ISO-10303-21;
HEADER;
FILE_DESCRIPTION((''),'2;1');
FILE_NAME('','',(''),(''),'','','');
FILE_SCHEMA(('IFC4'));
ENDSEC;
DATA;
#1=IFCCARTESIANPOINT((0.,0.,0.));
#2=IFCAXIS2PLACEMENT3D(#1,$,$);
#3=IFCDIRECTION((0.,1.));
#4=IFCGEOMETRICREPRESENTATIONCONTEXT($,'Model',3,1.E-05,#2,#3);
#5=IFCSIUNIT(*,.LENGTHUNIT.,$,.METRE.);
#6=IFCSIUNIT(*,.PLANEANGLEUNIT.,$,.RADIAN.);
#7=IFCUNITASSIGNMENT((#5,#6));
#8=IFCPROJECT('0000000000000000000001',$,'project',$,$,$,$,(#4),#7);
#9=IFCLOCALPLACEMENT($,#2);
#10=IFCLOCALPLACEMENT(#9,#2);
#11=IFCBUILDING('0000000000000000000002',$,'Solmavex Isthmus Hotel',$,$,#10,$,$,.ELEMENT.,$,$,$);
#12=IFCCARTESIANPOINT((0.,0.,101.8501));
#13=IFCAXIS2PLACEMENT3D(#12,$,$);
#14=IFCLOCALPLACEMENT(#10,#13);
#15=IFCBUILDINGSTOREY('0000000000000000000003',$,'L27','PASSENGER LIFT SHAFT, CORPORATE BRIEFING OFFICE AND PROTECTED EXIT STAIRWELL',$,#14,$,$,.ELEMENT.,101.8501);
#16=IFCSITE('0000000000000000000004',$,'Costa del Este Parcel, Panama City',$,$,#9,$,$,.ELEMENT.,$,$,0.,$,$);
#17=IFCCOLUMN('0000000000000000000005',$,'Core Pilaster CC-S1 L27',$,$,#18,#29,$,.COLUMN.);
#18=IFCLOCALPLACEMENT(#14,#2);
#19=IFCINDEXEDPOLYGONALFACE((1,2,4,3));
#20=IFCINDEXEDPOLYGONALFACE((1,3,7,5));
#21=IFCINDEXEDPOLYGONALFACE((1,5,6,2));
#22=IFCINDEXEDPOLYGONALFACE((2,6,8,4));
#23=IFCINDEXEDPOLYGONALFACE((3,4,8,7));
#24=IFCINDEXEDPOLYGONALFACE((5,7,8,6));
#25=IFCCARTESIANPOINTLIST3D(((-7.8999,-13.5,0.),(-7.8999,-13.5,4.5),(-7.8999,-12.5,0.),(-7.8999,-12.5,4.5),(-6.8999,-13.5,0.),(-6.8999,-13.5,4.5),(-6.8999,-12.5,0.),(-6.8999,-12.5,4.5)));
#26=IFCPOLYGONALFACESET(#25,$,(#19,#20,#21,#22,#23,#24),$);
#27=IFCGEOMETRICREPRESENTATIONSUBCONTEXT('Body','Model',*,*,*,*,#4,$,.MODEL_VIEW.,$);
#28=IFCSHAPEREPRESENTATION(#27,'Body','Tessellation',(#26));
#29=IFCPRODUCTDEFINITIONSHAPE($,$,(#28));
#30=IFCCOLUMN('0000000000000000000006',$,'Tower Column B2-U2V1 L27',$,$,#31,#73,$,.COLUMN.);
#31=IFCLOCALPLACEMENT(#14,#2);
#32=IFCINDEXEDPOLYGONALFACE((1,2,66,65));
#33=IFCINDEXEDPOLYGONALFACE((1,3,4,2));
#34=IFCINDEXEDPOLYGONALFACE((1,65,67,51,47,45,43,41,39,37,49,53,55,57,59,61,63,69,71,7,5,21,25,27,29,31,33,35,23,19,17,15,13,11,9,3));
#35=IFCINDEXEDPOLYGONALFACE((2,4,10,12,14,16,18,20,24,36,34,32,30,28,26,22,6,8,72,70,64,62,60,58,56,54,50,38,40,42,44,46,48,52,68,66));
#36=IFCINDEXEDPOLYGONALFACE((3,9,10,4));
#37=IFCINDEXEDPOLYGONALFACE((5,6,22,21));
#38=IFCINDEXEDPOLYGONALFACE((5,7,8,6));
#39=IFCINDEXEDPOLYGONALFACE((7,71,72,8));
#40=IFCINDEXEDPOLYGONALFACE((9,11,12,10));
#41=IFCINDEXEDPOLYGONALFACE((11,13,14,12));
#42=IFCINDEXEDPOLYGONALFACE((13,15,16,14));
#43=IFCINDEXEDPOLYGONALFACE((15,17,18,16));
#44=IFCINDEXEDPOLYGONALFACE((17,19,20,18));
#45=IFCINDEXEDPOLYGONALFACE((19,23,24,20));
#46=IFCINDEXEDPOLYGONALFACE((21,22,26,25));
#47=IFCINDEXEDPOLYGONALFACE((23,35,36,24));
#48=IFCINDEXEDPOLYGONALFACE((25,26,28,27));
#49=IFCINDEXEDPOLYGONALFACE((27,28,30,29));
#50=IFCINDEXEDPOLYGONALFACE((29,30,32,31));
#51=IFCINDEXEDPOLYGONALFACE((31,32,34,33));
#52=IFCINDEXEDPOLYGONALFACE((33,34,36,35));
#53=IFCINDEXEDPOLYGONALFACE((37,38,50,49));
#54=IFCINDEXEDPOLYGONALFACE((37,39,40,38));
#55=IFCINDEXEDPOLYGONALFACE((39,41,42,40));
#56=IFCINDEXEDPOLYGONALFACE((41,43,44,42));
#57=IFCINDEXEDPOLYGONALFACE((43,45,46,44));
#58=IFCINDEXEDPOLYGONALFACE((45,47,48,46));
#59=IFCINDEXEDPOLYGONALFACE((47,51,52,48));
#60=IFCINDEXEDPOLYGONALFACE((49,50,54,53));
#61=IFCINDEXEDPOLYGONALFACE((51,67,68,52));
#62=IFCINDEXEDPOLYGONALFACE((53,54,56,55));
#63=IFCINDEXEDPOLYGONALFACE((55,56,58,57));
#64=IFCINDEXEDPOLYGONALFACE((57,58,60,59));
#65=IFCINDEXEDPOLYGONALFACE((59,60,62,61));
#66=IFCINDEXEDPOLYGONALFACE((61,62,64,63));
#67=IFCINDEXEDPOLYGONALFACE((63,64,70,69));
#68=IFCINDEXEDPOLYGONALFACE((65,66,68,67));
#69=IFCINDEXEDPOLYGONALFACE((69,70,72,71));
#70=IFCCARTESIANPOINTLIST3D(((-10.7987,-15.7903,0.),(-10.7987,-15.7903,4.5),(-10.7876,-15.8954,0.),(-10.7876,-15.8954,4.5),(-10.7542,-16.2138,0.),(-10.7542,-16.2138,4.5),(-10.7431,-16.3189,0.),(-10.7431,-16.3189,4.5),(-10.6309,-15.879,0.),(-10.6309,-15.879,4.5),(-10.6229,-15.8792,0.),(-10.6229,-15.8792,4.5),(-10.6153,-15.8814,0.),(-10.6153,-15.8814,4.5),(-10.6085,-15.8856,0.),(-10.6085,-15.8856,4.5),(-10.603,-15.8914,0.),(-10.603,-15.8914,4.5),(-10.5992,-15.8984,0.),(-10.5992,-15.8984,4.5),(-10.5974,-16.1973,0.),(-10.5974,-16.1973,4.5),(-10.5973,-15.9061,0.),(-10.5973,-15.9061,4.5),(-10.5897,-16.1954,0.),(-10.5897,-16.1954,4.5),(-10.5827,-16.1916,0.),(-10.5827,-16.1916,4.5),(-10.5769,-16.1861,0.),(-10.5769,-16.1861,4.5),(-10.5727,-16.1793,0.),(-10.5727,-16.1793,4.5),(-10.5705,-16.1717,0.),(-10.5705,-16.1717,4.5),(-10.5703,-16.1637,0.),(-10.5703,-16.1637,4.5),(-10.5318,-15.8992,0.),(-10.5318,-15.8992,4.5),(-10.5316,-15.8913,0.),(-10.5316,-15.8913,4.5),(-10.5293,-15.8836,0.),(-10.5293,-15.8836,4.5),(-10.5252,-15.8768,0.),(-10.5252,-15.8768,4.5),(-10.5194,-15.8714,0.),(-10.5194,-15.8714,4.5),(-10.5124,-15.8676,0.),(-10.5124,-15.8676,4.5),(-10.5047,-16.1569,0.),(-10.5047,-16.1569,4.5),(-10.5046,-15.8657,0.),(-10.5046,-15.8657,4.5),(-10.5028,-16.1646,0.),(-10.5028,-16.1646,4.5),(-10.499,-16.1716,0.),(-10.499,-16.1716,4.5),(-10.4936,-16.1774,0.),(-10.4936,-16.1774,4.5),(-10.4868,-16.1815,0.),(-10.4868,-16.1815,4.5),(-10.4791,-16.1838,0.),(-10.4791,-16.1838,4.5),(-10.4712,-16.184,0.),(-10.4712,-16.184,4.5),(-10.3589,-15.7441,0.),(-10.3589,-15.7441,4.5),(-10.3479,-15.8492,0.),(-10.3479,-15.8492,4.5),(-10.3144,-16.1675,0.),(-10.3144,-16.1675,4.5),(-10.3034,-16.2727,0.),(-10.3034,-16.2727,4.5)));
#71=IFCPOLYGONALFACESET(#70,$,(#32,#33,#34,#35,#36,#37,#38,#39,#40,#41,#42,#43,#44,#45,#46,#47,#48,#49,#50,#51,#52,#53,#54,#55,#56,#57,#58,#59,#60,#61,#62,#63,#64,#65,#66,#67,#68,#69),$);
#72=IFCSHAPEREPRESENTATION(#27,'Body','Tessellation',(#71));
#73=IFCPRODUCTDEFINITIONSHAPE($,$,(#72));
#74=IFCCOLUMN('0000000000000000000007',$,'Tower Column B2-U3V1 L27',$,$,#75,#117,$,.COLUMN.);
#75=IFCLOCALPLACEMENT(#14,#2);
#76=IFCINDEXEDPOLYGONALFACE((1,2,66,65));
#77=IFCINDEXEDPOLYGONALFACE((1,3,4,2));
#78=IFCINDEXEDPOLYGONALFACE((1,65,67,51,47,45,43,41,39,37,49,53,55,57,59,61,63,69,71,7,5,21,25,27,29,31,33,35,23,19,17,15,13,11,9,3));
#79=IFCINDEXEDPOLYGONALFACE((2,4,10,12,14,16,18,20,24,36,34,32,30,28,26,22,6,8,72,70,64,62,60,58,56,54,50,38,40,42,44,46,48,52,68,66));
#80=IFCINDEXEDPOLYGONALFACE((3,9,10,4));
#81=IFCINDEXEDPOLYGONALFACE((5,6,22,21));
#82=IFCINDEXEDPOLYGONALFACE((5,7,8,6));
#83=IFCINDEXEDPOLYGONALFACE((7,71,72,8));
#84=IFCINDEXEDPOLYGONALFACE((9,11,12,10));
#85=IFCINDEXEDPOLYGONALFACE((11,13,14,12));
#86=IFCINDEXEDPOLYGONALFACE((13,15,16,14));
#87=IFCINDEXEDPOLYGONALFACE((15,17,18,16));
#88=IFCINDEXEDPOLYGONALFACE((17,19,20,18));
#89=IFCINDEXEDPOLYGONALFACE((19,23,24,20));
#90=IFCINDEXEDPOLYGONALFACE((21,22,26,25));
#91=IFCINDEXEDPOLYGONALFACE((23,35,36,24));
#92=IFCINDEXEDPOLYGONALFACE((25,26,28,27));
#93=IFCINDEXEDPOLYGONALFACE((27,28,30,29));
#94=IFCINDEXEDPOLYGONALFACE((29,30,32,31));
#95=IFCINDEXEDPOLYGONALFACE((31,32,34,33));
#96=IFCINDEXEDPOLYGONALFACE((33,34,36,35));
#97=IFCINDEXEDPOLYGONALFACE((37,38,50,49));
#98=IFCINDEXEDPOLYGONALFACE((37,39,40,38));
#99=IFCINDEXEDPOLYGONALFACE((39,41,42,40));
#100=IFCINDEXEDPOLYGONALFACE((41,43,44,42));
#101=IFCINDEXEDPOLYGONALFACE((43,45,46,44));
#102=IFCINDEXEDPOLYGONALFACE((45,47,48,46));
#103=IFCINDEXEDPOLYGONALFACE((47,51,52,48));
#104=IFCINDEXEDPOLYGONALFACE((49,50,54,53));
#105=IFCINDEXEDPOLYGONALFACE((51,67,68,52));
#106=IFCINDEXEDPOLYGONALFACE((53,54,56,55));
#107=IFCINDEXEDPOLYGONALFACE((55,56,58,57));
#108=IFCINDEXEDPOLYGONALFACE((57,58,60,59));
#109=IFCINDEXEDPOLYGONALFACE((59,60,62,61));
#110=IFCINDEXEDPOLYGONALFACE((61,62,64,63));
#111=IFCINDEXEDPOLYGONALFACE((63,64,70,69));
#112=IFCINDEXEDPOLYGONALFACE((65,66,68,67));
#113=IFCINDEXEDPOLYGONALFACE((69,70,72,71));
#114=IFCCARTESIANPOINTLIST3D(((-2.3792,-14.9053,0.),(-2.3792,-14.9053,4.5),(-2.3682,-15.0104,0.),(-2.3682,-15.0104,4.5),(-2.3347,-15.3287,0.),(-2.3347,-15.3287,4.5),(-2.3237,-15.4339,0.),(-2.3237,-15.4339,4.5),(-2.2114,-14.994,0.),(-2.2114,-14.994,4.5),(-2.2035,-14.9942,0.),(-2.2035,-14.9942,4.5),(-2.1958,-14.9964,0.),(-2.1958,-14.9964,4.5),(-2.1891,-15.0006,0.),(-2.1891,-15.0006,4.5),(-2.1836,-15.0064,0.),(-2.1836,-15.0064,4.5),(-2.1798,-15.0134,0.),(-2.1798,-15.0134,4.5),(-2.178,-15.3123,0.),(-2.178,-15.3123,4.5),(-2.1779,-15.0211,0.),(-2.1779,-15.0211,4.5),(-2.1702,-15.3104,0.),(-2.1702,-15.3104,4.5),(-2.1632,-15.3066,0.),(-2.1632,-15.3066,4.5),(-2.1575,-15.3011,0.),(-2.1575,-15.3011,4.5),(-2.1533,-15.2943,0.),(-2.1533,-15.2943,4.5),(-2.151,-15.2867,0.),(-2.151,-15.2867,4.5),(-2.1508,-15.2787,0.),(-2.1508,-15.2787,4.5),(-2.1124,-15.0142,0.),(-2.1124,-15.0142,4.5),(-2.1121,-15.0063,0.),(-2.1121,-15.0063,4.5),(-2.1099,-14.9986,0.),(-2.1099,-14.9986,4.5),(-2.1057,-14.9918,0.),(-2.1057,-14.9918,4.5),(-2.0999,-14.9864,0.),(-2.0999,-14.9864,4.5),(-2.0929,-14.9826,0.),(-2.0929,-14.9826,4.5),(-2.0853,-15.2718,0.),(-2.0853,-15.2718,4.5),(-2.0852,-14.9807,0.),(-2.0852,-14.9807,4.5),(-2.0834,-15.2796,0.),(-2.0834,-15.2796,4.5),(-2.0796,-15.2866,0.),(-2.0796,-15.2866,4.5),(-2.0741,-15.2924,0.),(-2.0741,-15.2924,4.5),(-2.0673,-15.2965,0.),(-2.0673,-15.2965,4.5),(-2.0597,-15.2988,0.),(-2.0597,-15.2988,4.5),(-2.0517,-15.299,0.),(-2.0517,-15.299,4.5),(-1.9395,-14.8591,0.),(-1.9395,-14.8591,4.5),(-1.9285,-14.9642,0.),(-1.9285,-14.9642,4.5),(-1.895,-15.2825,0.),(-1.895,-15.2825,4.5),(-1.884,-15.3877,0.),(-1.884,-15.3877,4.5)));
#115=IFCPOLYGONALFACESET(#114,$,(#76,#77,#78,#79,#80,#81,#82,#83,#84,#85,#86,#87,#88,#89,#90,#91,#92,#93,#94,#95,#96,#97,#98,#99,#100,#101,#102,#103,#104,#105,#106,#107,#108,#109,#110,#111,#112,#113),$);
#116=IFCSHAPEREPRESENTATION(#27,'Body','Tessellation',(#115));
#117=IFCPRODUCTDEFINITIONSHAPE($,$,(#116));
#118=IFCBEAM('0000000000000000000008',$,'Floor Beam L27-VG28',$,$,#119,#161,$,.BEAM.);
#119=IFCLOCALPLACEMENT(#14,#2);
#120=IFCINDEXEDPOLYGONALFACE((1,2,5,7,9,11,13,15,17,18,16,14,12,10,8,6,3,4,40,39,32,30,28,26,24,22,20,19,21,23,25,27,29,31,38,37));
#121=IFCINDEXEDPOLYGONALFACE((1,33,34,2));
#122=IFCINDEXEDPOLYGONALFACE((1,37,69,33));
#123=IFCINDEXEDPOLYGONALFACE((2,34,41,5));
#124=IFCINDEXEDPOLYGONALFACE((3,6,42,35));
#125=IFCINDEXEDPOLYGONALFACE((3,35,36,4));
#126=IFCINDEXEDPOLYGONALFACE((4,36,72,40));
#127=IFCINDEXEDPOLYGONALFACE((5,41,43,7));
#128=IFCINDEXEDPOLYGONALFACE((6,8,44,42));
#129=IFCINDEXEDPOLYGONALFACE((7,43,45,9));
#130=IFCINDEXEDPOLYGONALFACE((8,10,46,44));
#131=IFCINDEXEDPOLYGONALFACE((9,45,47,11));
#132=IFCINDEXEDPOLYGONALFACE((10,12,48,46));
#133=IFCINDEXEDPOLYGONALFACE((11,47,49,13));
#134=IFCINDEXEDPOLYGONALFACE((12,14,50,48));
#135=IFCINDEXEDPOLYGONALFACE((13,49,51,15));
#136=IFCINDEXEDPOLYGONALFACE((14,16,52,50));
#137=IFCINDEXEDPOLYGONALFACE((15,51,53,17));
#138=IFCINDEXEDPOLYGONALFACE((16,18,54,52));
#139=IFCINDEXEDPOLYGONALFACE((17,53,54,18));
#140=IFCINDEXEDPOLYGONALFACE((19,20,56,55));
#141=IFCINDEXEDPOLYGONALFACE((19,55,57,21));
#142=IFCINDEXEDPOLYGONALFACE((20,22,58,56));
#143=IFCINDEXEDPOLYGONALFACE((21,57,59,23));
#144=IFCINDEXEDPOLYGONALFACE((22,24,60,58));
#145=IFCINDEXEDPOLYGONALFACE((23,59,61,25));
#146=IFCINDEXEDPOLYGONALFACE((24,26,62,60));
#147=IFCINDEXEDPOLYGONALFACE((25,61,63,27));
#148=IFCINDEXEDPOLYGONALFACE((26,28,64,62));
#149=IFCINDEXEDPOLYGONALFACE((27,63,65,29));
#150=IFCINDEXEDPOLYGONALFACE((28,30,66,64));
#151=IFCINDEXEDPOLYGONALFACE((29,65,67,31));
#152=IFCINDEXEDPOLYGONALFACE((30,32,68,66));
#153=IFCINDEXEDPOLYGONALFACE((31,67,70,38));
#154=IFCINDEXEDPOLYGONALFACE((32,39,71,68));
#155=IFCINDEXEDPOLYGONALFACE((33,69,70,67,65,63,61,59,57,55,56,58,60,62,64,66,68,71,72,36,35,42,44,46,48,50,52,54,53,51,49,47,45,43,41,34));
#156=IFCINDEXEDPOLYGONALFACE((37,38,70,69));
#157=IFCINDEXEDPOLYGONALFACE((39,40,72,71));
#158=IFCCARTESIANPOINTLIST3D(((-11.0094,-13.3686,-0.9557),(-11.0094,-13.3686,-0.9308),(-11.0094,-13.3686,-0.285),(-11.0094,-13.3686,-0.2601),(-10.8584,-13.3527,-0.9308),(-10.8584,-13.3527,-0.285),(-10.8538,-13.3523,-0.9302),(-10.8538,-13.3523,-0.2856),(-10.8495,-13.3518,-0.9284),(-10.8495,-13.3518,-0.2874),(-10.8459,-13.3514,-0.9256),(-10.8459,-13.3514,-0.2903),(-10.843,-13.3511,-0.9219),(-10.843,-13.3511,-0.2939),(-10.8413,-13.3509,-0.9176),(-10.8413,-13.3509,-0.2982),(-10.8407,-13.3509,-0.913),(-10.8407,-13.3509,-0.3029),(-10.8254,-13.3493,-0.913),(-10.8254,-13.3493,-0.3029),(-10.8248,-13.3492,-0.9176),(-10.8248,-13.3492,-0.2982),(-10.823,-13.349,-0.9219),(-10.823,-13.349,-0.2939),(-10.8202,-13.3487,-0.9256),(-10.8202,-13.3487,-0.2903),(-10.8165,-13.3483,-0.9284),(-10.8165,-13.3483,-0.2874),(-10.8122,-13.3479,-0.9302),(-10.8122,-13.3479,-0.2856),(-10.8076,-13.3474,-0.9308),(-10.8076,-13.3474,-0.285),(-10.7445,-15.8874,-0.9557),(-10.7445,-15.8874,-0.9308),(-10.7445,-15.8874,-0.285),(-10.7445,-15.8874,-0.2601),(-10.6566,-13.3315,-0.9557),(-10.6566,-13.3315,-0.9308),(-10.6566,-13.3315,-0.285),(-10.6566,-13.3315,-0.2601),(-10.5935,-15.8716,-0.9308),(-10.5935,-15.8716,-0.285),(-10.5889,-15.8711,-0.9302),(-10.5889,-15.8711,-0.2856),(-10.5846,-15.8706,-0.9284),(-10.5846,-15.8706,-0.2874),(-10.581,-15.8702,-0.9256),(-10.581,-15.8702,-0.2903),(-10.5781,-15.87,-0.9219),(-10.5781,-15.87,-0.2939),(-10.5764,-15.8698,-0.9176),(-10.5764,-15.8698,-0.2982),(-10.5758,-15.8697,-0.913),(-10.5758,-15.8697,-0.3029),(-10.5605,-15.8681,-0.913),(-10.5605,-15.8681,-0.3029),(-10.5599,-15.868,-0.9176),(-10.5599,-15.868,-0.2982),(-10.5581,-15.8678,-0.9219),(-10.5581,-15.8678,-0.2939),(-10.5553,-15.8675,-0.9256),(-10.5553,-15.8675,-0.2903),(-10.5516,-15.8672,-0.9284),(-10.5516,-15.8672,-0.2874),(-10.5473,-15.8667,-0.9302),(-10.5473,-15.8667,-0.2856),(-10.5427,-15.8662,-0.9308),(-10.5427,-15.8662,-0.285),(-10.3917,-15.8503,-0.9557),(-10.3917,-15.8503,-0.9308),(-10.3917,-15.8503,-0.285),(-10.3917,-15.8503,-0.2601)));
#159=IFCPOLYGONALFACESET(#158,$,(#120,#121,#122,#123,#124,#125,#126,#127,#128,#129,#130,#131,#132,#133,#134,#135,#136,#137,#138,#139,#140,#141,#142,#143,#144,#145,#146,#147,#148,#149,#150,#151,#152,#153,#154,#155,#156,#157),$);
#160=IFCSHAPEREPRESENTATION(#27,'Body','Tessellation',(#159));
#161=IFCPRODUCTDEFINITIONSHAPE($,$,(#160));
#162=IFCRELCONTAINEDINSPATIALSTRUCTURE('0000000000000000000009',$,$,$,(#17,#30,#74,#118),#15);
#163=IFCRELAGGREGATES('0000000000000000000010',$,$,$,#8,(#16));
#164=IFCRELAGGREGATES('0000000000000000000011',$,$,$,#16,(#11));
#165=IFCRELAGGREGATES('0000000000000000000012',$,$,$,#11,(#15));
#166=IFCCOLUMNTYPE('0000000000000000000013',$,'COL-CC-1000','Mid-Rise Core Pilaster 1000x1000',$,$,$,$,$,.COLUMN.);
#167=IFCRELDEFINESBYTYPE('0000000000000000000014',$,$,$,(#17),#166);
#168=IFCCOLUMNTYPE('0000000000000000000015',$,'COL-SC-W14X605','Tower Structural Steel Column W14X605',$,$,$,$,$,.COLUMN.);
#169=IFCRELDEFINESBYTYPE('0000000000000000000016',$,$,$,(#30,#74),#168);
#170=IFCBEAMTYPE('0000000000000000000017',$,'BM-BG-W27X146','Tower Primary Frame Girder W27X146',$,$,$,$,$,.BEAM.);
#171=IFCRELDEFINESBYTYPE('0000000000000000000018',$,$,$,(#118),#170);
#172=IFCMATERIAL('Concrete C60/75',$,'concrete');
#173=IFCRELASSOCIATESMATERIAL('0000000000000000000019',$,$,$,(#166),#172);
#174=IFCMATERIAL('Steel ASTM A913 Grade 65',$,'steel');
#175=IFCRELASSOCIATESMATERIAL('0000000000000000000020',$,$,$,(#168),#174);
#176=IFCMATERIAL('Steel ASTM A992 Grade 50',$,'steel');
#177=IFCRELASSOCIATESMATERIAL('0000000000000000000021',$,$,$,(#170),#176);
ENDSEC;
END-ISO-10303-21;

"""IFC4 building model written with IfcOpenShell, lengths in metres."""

from ifc_helpers import new_model, si_unit, direction, frame, origin, origin_2d, place, context, subcontext, project, spatial, rectangle, i_section, extrude, material, material_profile, profile_set, type_object, element, save


model = new_model("IFC4")

# Units and contexts
model_context = context("Model", 3, precision=1e-05, world=origin(), true_north=direction((0.0, 1.0)))
body_context = subcontext(model_context, "Body", "Model", "MODEL_VIEW")
ifc_project = project(units=[si_unit("LENGTHUNIT", "METRE"), si_unit("PLANEANGLEUNIT", "RADIAN")], contexts=[model_context])

# Site, building, storey
site_placement = place(None, origin())
site = spatial("IfcSite", under=ifc_project, at=site_placement, Name="Costa del Este Parcel, Panama City", CompositionType="ELEMENT", RefElevation=0.0)
building_placement = place(site_placement, origin())
building = spatial("IfcBuilding", under=site, at=building_placement, Name="Solmavex Isthmus Hotel", CompositionType="ELEMENT")
storey_placement = place(building_placement, frame((0.0, 0.0, 101.8501)))
storey = spatial("IfcBuildingStorey", under=building, at=storey_placement, Name="L27", Description="PASSENGER LIFT SHAFT, CORPORATE BRIEFING OFFICE AND PROTECTED EXIT STAIRWELL", CompositionType="ELEMENT", Elevation=101.8501)

# Columns
ifc_material_1 = material(Name="Concrete C60/75", Category="concrete")
ifc_material_profile_1 = material_profile(ifc_material_1, rectangle(XDim=1.0, YDim=1.0, at=origin_2d()), Name="RC1000X1000")
ifc_profile_set_1 = profile_set([ifc_material_profile_1], Name="Concrete C60/75")
column_type_1 = type_object("IfcColumnType", Name="COL-CC-1000", Description="Mid-Rise Core Pilaster 1000x1000", PredefinedType="COLUMN", material=ifc_profile_set_1)
column_placement = place(storey_placement, frame((-7.3999, -13.0, 0.0), z_axis=(0.0, 0.0, 1.0), x_axis=(1.0, 0.0, 0.0)))
element("IfcColumn", 1, at=column_placement, inside=storey, type_object=column_type_1, Name="Core Pilaster CC-S1 L27", PredefinedType="COLUMN", context=body_context, shape_type="SweptSolid", body=[
    extrude(rectangle(XDim=1.0, YDim=1.0, at=origin_2d()), origin(), (0.0, 0.0, 1.0), 4.5),
])
ifc_material_2 = material(Name="Steel ASTM A913 Grade 65", Category="steel")
ifc_material_profile_2 = material_profile(ifc_material_2, i_section(OverallWidth=0.4421, OverallDepth=0.5315, WebThickness=0.0659, FlangeThickness=0.1057, FilletRadius=0.0305, at=origin_2d()), Name="W14X605")
ifc_profile_set_2 = profile_set([ifc_material_profile_2], Name="Steel ASTM A913 Grade 65")
column_type_2 = type_object("IfcColumnType", Name="COL-SC-W14X605", Description="Tower Structural Steel Column W14X605", PredefinedType="COLUMN", material=ifc_profile_set_2)
for number, where, z_axis, x_axis, name in (
    (2, (-10.551, -16.0315, 0.0), (0.0, 0.0, 1.0), (0.994522, 0.104528, 0.0), "Tower Column B2-U2V1 L27"),
    (3, (-2.1316, -15.1465, 0.0), (0.0, 0.0, 1.0), (0.994522, 0.104528, 0.0), "Tower Column B2-U3V1 L27"),
):
    element("IfcColumn", number, at=place(storey_placement, frame(where, z_axis=z_axis, x_axis=x_axis)), inside=storey, type_object=column_type_2, Name=name, PredefinedType="COLUMN", context=body_context, shape_type="SweptSolid", body=[
        extrude(i_section(OverallWidth=0.4421, OverallDepth=0.5315, WebThickness=0.0659, FlangeThickness=0.1057, FilletRadius=0.0305, at=origin_2d()), origin(), (0.0, 0.0, 1.0), 4.5),
    ])

# Beam
ifc_material_3 = material(Name="Steel ASTM A992 Grade 50", Category="steel")
ifc_material_profile_3 = material_profile(ifc_material_3, i_section(OverallWidth=0.3547, OverallDepth=0.6956, WebThickness=0.0154, FlangeThickness=0.0249, FilletRadius=0.0178, at=origin_2d()), Name="W27X146")
ifc_profile_set_3 = profile_set([ifc_material_profile_3], Name="Steel ASTM A992 Grade 50")
beam_type_1 = type_object("IfcBeamType", Name="BM-BG-W27X146", Description="Tower Primary Frame Girder W27X146", PredefinedType="BEAM", material=ifc_profile_set_3)
beam_1_placement = place(storey_placement, frame((-10.5681, -15.8689, -0.6079), z_axis=(-0.104589, 0.994515, 0.0), x_axis=(-0.994515, -0.104589, 0.0)))
element("IfcBeam", 4, at=beam_1_placement, inside=storey, type_object=beam_type_1, Name="Floor Beam L27-VG28", PredefinedType="BEAM", context=body_context, shape_type="SweptSolid", body=[
    extrude(i_section(OverallWidth=0.3547, OverallDepth=0.6956, WebThickness=0.0154, FlangeThickness=0.0249, FilletRadius=0.0178, at=origin_2d()), origin(), (0.0, 0.0, 1.0), 2.5327),
])

save(model, "model.ifc")
